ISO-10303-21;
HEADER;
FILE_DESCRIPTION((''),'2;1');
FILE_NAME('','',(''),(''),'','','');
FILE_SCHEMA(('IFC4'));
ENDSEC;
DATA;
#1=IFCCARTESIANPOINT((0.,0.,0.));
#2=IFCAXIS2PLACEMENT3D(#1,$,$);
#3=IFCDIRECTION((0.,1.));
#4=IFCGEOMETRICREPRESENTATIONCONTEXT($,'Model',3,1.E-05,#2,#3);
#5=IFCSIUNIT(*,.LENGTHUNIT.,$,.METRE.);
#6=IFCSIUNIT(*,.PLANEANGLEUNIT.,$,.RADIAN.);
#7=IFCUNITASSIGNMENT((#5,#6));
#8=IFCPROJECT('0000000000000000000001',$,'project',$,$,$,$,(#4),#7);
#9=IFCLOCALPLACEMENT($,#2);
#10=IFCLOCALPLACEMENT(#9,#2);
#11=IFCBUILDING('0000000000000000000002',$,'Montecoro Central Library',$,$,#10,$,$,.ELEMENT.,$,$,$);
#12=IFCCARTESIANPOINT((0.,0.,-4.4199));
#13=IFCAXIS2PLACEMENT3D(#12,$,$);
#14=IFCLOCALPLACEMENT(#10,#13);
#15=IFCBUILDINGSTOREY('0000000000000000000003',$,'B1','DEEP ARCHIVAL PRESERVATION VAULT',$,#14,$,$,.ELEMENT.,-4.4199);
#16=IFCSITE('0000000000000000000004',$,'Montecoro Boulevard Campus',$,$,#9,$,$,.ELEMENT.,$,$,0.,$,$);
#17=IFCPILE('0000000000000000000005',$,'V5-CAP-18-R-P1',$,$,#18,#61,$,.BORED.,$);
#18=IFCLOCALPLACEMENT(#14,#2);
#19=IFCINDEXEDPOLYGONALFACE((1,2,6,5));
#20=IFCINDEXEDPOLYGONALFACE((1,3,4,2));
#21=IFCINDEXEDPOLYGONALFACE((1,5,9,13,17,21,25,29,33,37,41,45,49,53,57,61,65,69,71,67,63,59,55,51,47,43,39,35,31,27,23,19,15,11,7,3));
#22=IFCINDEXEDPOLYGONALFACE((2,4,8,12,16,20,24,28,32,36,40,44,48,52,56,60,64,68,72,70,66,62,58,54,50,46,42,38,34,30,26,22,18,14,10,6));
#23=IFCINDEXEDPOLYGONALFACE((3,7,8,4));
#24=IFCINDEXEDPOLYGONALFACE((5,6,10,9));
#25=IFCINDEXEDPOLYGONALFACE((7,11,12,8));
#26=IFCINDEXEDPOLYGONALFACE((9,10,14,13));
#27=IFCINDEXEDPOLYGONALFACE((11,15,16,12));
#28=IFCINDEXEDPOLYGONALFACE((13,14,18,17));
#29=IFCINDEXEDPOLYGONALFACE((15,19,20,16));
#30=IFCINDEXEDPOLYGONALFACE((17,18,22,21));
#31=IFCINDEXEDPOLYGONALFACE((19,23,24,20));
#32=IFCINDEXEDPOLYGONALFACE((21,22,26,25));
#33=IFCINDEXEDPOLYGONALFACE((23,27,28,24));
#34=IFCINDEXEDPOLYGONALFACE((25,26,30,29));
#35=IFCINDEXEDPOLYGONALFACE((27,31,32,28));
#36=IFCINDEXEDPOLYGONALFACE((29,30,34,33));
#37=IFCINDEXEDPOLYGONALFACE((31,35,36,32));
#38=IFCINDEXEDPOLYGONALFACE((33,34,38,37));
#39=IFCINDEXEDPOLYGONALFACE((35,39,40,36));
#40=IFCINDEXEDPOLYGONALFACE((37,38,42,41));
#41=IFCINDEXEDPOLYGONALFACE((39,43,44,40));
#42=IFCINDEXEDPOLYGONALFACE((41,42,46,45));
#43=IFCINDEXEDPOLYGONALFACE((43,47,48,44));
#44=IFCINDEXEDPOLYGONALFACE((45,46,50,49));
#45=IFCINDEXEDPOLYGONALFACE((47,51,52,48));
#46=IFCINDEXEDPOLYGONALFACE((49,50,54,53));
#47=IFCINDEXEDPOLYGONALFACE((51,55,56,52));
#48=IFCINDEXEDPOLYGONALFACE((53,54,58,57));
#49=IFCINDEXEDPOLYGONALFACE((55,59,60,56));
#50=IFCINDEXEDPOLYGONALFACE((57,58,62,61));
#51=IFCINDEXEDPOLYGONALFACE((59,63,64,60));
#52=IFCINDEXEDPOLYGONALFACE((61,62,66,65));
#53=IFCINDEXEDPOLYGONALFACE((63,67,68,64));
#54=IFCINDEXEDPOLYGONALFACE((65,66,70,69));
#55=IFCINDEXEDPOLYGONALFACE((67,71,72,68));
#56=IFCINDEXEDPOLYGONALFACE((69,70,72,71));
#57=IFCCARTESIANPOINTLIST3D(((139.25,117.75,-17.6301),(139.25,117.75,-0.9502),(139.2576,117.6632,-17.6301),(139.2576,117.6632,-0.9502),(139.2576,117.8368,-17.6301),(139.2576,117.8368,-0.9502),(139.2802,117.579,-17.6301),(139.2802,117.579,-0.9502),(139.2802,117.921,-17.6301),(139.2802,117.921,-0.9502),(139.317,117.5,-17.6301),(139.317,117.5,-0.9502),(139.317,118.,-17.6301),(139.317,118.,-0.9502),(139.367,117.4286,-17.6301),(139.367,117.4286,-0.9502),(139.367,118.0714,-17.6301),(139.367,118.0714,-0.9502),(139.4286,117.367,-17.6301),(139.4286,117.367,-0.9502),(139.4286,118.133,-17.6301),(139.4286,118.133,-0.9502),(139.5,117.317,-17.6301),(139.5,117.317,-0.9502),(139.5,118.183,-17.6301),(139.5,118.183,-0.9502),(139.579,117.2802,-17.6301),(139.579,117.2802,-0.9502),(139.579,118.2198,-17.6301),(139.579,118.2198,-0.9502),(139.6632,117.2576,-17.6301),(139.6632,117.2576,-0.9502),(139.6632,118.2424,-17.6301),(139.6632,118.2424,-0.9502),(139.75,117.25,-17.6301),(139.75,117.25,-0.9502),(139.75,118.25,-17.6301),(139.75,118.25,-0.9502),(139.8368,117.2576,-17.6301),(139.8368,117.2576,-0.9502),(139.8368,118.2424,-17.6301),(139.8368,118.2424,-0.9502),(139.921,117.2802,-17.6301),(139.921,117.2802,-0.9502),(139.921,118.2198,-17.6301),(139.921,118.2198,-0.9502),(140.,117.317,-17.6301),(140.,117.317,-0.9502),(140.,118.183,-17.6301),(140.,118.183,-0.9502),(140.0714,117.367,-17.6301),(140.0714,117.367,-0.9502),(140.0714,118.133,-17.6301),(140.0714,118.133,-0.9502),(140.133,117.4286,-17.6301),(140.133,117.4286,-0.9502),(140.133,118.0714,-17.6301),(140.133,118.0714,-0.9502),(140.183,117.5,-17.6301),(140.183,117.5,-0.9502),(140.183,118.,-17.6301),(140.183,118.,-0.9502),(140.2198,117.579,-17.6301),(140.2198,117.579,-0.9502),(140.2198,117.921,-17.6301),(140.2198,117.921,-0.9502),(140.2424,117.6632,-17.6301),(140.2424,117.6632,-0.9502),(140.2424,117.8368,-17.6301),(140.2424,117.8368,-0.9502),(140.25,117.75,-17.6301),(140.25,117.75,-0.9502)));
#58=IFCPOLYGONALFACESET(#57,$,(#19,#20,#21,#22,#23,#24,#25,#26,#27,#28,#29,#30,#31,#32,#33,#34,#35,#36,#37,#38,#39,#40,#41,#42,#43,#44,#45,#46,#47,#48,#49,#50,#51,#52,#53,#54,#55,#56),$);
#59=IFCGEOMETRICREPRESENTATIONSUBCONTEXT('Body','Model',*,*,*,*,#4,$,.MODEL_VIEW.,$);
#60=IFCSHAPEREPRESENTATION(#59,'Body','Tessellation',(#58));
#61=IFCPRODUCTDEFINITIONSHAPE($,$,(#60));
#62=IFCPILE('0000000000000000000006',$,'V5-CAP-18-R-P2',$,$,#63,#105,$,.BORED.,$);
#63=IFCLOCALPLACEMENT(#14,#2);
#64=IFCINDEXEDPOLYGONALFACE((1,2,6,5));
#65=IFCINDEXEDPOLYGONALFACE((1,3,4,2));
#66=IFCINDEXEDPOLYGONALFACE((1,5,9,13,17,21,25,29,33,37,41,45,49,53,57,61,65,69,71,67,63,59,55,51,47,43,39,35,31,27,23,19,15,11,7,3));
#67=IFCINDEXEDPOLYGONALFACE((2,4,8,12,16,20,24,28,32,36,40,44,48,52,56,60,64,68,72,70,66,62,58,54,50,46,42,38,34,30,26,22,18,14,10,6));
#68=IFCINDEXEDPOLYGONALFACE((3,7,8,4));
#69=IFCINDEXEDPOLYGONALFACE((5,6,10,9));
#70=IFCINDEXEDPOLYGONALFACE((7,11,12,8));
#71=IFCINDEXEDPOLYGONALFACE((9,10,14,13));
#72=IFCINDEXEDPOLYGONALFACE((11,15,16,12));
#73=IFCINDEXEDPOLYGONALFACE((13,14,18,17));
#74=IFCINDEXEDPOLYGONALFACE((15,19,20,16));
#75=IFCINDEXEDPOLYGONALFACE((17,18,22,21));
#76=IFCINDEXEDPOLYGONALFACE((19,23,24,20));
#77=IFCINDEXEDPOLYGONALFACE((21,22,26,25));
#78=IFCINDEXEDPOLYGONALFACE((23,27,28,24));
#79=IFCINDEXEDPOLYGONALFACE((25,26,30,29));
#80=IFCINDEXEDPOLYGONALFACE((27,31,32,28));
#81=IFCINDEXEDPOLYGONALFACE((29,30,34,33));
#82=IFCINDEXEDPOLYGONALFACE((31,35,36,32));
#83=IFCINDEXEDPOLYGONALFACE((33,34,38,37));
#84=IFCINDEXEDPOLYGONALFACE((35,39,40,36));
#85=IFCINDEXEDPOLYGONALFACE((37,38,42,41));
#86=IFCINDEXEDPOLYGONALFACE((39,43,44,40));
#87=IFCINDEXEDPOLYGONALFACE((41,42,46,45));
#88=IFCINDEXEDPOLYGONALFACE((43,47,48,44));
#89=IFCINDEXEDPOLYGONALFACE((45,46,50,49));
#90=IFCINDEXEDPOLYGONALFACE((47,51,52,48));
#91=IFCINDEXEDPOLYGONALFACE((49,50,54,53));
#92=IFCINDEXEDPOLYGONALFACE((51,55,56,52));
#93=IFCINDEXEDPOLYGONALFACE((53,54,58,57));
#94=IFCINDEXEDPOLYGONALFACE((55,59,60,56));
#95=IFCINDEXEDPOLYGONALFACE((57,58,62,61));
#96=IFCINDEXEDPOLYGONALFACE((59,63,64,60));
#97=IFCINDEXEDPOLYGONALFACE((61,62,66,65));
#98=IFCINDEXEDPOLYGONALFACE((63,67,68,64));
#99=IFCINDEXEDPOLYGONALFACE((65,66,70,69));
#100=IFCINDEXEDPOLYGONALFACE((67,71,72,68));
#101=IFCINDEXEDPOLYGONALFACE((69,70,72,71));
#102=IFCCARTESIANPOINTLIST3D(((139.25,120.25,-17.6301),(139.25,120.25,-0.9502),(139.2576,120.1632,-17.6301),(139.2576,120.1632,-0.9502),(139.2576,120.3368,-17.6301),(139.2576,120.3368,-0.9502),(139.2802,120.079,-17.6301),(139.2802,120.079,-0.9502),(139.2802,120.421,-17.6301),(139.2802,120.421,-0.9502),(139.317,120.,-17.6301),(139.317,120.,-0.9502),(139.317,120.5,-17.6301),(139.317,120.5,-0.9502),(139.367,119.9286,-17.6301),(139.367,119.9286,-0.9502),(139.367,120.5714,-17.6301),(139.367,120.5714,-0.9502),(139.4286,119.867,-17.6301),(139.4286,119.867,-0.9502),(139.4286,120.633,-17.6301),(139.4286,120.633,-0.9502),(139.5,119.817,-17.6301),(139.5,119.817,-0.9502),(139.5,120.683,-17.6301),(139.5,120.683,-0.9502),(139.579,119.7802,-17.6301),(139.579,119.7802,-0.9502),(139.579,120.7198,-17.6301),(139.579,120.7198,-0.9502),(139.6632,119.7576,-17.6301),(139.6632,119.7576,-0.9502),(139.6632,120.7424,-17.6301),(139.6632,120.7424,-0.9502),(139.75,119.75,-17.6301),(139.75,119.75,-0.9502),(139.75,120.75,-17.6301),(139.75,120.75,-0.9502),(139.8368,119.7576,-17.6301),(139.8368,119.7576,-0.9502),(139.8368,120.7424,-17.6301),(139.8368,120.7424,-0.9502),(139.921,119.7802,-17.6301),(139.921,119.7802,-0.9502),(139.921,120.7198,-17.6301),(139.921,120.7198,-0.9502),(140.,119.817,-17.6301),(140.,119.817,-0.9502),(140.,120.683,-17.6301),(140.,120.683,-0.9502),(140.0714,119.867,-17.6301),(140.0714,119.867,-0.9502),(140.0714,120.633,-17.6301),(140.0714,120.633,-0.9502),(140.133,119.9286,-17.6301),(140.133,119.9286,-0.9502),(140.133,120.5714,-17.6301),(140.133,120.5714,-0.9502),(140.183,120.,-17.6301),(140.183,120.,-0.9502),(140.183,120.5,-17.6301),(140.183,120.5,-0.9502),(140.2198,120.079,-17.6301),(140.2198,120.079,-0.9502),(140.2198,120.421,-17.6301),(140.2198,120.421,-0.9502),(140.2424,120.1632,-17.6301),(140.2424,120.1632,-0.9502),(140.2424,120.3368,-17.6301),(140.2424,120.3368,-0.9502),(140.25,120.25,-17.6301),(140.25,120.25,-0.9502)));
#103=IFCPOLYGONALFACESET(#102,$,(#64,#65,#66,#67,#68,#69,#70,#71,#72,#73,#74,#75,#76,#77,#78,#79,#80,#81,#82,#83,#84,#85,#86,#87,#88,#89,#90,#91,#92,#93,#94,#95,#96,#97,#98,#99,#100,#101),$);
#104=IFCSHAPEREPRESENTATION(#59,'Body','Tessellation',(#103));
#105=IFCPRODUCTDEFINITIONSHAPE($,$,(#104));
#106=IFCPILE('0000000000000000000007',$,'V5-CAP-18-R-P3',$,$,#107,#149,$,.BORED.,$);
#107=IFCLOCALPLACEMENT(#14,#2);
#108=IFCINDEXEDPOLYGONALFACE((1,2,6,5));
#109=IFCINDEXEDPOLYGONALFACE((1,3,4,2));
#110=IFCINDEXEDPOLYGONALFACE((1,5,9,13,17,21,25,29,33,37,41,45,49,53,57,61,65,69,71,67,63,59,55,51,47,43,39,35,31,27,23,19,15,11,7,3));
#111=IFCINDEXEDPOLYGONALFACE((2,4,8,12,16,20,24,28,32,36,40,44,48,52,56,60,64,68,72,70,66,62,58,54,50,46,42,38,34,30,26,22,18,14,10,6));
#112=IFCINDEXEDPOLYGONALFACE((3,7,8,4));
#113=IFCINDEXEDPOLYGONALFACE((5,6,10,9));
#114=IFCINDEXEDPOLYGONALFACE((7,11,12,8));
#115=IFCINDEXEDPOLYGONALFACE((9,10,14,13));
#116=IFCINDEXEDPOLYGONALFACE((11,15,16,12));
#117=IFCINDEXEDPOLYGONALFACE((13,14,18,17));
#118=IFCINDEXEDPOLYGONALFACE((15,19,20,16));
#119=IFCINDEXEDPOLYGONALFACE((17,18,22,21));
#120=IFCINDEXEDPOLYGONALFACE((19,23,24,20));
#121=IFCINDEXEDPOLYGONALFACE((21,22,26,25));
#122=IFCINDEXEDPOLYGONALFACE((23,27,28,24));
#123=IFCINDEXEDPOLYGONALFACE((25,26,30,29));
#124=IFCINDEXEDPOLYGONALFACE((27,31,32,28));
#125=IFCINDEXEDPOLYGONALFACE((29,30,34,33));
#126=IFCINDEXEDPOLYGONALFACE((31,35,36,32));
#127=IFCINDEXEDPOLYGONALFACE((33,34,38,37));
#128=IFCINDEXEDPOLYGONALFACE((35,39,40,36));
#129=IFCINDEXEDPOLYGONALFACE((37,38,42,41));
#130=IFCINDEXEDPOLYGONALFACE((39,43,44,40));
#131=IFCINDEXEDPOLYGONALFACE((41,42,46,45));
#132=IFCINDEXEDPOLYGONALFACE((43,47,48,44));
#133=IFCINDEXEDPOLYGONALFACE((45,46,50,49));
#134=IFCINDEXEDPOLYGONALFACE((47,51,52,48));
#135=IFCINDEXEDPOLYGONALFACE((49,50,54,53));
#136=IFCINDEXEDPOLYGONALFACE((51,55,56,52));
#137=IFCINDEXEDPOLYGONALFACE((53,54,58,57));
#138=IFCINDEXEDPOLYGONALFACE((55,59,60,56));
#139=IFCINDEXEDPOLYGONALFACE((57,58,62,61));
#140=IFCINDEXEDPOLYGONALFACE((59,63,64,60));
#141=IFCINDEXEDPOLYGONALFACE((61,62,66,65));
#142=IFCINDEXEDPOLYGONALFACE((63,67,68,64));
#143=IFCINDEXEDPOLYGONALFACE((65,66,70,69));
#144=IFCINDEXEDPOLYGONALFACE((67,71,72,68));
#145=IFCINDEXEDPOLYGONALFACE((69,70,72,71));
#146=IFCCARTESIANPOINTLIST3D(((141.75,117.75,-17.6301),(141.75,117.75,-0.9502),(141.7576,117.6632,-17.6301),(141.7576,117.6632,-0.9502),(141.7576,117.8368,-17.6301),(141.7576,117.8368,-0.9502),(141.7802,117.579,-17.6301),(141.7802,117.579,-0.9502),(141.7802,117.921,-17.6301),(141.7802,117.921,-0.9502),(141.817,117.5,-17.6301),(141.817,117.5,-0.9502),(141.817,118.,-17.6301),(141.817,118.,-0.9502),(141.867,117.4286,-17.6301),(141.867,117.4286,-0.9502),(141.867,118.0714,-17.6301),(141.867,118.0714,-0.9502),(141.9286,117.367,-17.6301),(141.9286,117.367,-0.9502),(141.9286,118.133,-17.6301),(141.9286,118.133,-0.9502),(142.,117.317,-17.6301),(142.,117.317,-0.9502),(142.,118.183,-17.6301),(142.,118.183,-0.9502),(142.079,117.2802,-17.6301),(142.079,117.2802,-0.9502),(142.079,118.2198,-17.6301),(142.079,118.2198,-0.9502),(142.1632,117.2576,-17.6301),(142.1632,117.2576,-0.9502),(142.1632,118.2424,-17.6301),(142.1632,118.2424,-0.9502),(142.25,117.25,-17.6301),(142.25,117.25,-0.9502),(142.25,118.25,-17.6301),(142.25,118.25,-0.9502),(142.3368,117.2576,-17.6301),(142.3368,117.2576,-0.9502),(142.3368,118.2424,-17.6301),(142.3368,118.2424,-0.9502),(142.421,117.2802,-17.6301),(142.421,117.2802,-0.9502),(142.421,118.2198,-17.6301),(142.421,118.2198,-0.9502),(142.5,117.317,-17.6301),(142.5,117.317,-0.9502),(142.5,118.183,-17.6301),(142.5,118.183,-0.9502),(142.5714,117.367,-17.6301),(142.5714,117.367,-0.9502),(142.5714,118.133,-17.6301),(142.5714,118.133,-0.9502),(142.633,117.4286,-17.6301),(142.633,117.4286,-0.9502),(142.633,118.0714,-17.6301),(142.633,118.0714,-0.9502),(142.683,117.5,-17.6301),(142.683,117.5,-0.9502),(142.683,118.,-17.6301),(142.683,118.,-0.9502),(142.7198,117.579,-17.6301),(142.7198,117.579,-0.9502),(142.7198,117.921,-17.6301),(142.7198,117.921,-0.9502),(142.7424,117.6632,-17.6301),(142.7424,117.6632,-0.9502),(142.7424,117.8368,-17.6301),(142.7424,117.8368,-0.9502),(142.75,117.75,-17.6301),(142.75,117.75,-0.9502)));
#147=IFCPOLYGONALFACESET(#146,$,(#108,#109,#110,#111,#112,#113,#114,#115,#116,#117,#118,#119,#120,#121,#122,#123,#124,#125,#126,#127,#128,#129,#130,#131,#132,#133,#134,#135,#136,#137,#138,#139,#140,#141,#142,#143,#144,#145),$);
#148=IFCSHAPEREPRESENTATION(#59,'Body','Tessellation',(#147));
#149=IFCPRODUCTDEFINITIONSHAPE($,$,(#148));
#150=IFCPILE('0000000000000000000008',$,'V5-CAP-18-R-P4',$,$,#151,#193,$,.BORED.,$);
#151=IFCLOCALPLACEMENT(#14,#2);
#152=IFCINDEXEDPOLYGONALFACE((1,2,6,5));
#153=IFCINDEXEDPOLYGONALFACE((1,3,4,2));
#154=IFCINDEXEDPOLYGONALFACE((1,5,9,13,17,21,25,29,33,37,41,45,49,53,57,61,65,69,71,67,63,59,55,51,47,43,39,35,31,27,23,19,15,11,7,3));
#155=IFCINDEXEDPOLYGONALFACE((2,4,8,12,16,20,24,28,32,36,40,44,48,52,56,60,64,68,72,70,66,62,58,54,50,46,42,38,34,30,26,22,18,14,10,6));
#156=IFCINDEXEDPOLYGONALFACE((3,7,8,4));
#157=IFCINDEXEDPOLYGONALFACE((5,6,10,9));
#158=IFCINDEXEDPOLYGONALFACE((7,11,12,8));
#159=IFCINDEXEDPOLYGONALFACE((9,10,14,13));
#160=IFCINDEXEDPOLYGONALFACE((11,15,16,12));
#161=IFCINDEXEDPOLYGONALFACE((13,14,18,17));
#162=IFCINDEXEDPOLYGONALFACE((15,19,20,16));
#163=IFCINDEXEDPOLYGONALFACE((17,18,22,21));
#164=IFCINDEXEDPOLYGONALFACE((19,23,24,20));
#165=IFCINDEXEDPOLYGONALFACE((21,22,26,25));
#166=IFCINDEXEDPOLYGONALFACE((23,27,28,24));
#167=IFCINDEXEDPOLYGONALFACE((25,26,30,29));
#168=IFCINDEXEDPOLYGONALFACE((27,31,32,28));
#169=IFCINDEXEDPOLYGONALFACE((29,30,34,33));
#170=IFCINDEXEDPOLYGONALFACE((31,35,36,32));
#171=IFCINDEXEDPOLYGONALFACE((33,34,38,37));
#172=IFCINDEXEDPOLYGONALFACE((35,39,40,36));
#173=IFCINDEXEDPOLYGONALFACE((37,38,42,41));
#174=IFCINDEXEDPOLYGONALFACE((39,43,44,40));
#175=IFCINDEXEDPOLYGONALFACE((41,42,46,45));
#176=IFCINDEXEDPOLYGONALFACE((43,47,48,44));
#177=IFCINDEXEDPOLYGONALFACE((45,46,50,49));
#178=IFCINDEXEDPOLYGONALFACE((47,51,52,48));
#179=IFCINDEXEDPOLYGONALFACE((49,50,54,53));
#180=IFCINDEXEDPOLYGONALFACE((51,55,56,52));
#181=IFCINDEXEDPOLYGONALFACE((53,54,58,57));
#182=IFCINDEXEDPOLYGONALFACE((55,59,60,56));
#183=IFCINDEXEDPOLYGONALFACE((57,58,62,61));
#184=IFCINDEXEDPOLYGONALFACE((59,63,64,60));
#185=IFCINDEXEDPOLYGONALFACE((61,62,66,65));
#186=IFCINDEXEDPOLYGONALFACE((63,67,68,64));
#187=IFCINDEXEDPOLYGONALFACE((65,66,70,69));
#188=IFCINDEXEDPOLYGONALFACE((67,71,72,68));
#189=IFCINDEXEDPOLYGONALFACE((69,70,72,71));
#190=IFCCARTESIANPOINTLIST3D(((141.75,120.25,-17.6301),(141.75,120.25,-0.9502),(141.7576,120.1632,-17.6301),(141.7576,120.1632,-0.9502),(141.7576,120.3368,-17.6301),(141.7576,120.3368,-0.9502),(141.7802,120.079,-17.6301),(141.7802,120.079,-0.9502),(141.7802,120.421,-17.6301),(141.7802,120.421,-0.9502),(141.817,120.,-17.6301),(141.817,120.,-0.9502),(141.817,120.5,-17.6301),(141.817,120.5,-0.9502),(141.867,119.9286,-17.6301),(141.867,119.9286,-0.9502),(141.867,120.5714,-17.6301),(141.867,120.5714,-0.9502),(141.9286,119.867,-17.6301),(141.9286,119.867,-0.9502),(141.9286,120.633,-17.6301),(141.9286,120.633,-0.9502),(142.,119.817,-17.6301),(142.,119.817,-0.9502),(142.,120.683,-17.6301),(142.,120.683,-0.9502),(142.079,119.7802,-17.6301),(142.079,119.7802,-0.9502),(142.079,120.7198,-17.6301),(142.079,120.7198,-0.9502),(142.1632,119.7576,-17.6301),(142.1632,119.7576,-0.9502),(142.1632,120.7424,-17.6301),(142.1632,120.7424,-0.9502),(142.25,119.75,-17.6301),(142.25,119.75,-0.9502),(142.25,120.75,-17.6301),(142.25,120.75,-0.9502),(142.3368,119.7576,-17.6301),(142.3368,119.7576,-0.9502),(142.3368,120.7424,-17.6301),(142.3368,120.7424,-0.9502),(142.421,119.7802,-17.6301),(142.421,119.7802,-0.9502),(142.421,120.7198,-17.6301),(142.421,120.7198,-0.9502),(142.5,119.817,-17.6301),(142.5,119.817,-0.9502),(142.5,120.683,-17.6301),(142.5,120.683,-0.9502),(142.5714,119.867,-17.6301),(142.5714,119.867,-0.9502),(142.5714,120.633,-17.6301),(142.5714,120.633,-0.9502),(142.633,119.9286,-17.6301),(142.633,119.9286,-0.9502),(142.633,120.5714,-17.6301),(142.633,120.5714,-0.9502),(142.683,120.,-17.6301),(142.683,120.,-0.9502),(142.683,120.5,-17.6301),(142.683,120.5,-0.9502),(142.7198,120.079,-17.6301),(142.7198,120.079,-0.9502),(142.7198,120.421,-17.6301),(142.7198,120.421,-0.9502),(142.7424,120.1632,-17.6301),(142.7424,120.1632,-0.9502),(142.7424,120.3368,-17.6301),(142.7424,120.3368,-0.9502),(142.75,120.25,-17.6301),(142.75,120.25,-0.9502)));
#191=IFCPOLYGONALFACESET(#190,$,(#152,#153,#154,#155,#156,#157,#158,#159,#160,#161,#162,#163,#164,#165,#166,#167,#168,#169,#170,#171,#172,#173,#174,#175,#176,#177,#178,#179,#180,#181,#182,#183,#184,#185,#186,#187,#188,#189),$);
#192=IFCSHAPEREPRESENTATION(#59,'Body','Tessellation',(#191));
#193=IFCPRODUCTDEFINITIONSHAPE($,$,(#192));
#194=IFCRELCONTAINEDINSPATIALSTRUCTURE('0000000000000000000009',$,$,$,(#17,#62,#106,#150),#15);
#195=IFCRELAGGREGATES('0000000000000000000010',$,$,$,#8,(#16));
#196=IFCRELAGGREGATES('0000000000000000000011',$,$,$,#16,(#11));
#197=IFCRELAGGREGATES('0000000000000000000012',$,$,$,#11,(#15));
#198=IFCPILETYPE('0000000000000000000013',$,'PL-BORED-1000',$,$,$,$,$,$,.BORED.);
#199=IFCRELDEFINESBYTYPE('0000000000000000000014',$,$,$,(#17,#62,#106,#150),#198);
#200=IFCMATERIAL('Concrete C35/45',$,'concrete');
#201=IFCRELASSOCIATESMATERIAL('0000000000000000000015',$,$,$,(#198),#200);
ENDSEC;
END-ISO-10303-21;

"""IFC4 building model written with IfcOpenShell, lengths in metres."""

from ifc_helpers import new_model, si_unit, direction, frame, origin, origin_2d, place, context, subcontext, project, spatial, circle, extrude, material, material_profile, profile_set, type_object, element, save


model = new_model("IFC4")

# Units and contexts
model_context = context("Model", 3, precision=1e-05, world=origin(), true_north=direction((0.0, 1.0)))
body_context = subcontext(model_context, "Body", "Model", "MODEL_VIEW")
ifc_project = project(units=[si_unit("LENGTHUNIT", "METRE"), si_unit("PLANEANGLEUNIT", "RADIAN")], contexts=[model_context])

# Site, building, storey
site_placement = place(None, origin())
site = spatial("IfcSite", under=ifc_project, at=site_placement, Name="Montecoro Boulevard Campus", CompositionType="ELEMENT", RefElevation=0.0)
building_placement = place(site_placement, origin())
building = spatial("IfcBuilding", under=site, at=building_placement, Name="Montecoro Central Library", CompositionType="ELEMENT")
storey_placement = place(building_placement, frame((0.0, 0.0, -4.4199)))
storey = spatial("IfcBuildingStorey", under=building, at=storey_placement, Name="B1", Description="DEEP ARCHIVAL PRESERVATION VAULT", CompositionType="ELEMENT", Elevation=-4.4199)

# Shared definitions
ifc_material_1 = material(Name="Concrete C35/45", Category="concrete")

# Piles
ifc_material_profile_1 = material_profile(ifc_material_1, circle(Radius=0.5, at=origin_2d()), Name="PILE D1000")
ifc_profile_set_1 = profile_set([ifc_material_profile_1], Name="Concrete C35/45")
pile_type = type_object("IfcPileType", Name="PL-BORED-1000", PredefinedType="BORED", material=ifc_profile_set_1)
for number, where, z_axis, x_axis, name in (
    (1, (139.75, 117.75, -0.9502), (0.0, 0.0, -1.0), (1.0, 0.0, 0.0), "V5-CAP-18-R-P1"),
    (2, (139.75, 120.25, -0.9502), (0.0, 0.0, -1.0), (1.0, 0.0, 0.0), "V5-CAP-18-R-P2"),
    (3, (142.25, 117.75, -0.9502), (0.0, 0.0, -1.0), (1.0, 0.0, 0.0), "V5-CAP-18-R-P3"),
    (4, (142.25, 120.25, -0.9502), (0.0, 0.0, -1.0), (1.0, 0.0, 0.0), "V5-CAP-18-R-P4"),
):
    element("IfcPile", number, at=place(storey_placement, frame(where, z_axis=z_axis, x_axis=x_axis)), inside=storey, type_object=pile_type, Name=name, PredefinedType="BORED", context=body_context, shape_type="SweptSolid", body=[
        extrude(circle(Radius=0.5, at=origin_2d()), origin(), (0.0, 0.0, 1.0), 16.6799),
    ])

save(model, "model.ifc")
